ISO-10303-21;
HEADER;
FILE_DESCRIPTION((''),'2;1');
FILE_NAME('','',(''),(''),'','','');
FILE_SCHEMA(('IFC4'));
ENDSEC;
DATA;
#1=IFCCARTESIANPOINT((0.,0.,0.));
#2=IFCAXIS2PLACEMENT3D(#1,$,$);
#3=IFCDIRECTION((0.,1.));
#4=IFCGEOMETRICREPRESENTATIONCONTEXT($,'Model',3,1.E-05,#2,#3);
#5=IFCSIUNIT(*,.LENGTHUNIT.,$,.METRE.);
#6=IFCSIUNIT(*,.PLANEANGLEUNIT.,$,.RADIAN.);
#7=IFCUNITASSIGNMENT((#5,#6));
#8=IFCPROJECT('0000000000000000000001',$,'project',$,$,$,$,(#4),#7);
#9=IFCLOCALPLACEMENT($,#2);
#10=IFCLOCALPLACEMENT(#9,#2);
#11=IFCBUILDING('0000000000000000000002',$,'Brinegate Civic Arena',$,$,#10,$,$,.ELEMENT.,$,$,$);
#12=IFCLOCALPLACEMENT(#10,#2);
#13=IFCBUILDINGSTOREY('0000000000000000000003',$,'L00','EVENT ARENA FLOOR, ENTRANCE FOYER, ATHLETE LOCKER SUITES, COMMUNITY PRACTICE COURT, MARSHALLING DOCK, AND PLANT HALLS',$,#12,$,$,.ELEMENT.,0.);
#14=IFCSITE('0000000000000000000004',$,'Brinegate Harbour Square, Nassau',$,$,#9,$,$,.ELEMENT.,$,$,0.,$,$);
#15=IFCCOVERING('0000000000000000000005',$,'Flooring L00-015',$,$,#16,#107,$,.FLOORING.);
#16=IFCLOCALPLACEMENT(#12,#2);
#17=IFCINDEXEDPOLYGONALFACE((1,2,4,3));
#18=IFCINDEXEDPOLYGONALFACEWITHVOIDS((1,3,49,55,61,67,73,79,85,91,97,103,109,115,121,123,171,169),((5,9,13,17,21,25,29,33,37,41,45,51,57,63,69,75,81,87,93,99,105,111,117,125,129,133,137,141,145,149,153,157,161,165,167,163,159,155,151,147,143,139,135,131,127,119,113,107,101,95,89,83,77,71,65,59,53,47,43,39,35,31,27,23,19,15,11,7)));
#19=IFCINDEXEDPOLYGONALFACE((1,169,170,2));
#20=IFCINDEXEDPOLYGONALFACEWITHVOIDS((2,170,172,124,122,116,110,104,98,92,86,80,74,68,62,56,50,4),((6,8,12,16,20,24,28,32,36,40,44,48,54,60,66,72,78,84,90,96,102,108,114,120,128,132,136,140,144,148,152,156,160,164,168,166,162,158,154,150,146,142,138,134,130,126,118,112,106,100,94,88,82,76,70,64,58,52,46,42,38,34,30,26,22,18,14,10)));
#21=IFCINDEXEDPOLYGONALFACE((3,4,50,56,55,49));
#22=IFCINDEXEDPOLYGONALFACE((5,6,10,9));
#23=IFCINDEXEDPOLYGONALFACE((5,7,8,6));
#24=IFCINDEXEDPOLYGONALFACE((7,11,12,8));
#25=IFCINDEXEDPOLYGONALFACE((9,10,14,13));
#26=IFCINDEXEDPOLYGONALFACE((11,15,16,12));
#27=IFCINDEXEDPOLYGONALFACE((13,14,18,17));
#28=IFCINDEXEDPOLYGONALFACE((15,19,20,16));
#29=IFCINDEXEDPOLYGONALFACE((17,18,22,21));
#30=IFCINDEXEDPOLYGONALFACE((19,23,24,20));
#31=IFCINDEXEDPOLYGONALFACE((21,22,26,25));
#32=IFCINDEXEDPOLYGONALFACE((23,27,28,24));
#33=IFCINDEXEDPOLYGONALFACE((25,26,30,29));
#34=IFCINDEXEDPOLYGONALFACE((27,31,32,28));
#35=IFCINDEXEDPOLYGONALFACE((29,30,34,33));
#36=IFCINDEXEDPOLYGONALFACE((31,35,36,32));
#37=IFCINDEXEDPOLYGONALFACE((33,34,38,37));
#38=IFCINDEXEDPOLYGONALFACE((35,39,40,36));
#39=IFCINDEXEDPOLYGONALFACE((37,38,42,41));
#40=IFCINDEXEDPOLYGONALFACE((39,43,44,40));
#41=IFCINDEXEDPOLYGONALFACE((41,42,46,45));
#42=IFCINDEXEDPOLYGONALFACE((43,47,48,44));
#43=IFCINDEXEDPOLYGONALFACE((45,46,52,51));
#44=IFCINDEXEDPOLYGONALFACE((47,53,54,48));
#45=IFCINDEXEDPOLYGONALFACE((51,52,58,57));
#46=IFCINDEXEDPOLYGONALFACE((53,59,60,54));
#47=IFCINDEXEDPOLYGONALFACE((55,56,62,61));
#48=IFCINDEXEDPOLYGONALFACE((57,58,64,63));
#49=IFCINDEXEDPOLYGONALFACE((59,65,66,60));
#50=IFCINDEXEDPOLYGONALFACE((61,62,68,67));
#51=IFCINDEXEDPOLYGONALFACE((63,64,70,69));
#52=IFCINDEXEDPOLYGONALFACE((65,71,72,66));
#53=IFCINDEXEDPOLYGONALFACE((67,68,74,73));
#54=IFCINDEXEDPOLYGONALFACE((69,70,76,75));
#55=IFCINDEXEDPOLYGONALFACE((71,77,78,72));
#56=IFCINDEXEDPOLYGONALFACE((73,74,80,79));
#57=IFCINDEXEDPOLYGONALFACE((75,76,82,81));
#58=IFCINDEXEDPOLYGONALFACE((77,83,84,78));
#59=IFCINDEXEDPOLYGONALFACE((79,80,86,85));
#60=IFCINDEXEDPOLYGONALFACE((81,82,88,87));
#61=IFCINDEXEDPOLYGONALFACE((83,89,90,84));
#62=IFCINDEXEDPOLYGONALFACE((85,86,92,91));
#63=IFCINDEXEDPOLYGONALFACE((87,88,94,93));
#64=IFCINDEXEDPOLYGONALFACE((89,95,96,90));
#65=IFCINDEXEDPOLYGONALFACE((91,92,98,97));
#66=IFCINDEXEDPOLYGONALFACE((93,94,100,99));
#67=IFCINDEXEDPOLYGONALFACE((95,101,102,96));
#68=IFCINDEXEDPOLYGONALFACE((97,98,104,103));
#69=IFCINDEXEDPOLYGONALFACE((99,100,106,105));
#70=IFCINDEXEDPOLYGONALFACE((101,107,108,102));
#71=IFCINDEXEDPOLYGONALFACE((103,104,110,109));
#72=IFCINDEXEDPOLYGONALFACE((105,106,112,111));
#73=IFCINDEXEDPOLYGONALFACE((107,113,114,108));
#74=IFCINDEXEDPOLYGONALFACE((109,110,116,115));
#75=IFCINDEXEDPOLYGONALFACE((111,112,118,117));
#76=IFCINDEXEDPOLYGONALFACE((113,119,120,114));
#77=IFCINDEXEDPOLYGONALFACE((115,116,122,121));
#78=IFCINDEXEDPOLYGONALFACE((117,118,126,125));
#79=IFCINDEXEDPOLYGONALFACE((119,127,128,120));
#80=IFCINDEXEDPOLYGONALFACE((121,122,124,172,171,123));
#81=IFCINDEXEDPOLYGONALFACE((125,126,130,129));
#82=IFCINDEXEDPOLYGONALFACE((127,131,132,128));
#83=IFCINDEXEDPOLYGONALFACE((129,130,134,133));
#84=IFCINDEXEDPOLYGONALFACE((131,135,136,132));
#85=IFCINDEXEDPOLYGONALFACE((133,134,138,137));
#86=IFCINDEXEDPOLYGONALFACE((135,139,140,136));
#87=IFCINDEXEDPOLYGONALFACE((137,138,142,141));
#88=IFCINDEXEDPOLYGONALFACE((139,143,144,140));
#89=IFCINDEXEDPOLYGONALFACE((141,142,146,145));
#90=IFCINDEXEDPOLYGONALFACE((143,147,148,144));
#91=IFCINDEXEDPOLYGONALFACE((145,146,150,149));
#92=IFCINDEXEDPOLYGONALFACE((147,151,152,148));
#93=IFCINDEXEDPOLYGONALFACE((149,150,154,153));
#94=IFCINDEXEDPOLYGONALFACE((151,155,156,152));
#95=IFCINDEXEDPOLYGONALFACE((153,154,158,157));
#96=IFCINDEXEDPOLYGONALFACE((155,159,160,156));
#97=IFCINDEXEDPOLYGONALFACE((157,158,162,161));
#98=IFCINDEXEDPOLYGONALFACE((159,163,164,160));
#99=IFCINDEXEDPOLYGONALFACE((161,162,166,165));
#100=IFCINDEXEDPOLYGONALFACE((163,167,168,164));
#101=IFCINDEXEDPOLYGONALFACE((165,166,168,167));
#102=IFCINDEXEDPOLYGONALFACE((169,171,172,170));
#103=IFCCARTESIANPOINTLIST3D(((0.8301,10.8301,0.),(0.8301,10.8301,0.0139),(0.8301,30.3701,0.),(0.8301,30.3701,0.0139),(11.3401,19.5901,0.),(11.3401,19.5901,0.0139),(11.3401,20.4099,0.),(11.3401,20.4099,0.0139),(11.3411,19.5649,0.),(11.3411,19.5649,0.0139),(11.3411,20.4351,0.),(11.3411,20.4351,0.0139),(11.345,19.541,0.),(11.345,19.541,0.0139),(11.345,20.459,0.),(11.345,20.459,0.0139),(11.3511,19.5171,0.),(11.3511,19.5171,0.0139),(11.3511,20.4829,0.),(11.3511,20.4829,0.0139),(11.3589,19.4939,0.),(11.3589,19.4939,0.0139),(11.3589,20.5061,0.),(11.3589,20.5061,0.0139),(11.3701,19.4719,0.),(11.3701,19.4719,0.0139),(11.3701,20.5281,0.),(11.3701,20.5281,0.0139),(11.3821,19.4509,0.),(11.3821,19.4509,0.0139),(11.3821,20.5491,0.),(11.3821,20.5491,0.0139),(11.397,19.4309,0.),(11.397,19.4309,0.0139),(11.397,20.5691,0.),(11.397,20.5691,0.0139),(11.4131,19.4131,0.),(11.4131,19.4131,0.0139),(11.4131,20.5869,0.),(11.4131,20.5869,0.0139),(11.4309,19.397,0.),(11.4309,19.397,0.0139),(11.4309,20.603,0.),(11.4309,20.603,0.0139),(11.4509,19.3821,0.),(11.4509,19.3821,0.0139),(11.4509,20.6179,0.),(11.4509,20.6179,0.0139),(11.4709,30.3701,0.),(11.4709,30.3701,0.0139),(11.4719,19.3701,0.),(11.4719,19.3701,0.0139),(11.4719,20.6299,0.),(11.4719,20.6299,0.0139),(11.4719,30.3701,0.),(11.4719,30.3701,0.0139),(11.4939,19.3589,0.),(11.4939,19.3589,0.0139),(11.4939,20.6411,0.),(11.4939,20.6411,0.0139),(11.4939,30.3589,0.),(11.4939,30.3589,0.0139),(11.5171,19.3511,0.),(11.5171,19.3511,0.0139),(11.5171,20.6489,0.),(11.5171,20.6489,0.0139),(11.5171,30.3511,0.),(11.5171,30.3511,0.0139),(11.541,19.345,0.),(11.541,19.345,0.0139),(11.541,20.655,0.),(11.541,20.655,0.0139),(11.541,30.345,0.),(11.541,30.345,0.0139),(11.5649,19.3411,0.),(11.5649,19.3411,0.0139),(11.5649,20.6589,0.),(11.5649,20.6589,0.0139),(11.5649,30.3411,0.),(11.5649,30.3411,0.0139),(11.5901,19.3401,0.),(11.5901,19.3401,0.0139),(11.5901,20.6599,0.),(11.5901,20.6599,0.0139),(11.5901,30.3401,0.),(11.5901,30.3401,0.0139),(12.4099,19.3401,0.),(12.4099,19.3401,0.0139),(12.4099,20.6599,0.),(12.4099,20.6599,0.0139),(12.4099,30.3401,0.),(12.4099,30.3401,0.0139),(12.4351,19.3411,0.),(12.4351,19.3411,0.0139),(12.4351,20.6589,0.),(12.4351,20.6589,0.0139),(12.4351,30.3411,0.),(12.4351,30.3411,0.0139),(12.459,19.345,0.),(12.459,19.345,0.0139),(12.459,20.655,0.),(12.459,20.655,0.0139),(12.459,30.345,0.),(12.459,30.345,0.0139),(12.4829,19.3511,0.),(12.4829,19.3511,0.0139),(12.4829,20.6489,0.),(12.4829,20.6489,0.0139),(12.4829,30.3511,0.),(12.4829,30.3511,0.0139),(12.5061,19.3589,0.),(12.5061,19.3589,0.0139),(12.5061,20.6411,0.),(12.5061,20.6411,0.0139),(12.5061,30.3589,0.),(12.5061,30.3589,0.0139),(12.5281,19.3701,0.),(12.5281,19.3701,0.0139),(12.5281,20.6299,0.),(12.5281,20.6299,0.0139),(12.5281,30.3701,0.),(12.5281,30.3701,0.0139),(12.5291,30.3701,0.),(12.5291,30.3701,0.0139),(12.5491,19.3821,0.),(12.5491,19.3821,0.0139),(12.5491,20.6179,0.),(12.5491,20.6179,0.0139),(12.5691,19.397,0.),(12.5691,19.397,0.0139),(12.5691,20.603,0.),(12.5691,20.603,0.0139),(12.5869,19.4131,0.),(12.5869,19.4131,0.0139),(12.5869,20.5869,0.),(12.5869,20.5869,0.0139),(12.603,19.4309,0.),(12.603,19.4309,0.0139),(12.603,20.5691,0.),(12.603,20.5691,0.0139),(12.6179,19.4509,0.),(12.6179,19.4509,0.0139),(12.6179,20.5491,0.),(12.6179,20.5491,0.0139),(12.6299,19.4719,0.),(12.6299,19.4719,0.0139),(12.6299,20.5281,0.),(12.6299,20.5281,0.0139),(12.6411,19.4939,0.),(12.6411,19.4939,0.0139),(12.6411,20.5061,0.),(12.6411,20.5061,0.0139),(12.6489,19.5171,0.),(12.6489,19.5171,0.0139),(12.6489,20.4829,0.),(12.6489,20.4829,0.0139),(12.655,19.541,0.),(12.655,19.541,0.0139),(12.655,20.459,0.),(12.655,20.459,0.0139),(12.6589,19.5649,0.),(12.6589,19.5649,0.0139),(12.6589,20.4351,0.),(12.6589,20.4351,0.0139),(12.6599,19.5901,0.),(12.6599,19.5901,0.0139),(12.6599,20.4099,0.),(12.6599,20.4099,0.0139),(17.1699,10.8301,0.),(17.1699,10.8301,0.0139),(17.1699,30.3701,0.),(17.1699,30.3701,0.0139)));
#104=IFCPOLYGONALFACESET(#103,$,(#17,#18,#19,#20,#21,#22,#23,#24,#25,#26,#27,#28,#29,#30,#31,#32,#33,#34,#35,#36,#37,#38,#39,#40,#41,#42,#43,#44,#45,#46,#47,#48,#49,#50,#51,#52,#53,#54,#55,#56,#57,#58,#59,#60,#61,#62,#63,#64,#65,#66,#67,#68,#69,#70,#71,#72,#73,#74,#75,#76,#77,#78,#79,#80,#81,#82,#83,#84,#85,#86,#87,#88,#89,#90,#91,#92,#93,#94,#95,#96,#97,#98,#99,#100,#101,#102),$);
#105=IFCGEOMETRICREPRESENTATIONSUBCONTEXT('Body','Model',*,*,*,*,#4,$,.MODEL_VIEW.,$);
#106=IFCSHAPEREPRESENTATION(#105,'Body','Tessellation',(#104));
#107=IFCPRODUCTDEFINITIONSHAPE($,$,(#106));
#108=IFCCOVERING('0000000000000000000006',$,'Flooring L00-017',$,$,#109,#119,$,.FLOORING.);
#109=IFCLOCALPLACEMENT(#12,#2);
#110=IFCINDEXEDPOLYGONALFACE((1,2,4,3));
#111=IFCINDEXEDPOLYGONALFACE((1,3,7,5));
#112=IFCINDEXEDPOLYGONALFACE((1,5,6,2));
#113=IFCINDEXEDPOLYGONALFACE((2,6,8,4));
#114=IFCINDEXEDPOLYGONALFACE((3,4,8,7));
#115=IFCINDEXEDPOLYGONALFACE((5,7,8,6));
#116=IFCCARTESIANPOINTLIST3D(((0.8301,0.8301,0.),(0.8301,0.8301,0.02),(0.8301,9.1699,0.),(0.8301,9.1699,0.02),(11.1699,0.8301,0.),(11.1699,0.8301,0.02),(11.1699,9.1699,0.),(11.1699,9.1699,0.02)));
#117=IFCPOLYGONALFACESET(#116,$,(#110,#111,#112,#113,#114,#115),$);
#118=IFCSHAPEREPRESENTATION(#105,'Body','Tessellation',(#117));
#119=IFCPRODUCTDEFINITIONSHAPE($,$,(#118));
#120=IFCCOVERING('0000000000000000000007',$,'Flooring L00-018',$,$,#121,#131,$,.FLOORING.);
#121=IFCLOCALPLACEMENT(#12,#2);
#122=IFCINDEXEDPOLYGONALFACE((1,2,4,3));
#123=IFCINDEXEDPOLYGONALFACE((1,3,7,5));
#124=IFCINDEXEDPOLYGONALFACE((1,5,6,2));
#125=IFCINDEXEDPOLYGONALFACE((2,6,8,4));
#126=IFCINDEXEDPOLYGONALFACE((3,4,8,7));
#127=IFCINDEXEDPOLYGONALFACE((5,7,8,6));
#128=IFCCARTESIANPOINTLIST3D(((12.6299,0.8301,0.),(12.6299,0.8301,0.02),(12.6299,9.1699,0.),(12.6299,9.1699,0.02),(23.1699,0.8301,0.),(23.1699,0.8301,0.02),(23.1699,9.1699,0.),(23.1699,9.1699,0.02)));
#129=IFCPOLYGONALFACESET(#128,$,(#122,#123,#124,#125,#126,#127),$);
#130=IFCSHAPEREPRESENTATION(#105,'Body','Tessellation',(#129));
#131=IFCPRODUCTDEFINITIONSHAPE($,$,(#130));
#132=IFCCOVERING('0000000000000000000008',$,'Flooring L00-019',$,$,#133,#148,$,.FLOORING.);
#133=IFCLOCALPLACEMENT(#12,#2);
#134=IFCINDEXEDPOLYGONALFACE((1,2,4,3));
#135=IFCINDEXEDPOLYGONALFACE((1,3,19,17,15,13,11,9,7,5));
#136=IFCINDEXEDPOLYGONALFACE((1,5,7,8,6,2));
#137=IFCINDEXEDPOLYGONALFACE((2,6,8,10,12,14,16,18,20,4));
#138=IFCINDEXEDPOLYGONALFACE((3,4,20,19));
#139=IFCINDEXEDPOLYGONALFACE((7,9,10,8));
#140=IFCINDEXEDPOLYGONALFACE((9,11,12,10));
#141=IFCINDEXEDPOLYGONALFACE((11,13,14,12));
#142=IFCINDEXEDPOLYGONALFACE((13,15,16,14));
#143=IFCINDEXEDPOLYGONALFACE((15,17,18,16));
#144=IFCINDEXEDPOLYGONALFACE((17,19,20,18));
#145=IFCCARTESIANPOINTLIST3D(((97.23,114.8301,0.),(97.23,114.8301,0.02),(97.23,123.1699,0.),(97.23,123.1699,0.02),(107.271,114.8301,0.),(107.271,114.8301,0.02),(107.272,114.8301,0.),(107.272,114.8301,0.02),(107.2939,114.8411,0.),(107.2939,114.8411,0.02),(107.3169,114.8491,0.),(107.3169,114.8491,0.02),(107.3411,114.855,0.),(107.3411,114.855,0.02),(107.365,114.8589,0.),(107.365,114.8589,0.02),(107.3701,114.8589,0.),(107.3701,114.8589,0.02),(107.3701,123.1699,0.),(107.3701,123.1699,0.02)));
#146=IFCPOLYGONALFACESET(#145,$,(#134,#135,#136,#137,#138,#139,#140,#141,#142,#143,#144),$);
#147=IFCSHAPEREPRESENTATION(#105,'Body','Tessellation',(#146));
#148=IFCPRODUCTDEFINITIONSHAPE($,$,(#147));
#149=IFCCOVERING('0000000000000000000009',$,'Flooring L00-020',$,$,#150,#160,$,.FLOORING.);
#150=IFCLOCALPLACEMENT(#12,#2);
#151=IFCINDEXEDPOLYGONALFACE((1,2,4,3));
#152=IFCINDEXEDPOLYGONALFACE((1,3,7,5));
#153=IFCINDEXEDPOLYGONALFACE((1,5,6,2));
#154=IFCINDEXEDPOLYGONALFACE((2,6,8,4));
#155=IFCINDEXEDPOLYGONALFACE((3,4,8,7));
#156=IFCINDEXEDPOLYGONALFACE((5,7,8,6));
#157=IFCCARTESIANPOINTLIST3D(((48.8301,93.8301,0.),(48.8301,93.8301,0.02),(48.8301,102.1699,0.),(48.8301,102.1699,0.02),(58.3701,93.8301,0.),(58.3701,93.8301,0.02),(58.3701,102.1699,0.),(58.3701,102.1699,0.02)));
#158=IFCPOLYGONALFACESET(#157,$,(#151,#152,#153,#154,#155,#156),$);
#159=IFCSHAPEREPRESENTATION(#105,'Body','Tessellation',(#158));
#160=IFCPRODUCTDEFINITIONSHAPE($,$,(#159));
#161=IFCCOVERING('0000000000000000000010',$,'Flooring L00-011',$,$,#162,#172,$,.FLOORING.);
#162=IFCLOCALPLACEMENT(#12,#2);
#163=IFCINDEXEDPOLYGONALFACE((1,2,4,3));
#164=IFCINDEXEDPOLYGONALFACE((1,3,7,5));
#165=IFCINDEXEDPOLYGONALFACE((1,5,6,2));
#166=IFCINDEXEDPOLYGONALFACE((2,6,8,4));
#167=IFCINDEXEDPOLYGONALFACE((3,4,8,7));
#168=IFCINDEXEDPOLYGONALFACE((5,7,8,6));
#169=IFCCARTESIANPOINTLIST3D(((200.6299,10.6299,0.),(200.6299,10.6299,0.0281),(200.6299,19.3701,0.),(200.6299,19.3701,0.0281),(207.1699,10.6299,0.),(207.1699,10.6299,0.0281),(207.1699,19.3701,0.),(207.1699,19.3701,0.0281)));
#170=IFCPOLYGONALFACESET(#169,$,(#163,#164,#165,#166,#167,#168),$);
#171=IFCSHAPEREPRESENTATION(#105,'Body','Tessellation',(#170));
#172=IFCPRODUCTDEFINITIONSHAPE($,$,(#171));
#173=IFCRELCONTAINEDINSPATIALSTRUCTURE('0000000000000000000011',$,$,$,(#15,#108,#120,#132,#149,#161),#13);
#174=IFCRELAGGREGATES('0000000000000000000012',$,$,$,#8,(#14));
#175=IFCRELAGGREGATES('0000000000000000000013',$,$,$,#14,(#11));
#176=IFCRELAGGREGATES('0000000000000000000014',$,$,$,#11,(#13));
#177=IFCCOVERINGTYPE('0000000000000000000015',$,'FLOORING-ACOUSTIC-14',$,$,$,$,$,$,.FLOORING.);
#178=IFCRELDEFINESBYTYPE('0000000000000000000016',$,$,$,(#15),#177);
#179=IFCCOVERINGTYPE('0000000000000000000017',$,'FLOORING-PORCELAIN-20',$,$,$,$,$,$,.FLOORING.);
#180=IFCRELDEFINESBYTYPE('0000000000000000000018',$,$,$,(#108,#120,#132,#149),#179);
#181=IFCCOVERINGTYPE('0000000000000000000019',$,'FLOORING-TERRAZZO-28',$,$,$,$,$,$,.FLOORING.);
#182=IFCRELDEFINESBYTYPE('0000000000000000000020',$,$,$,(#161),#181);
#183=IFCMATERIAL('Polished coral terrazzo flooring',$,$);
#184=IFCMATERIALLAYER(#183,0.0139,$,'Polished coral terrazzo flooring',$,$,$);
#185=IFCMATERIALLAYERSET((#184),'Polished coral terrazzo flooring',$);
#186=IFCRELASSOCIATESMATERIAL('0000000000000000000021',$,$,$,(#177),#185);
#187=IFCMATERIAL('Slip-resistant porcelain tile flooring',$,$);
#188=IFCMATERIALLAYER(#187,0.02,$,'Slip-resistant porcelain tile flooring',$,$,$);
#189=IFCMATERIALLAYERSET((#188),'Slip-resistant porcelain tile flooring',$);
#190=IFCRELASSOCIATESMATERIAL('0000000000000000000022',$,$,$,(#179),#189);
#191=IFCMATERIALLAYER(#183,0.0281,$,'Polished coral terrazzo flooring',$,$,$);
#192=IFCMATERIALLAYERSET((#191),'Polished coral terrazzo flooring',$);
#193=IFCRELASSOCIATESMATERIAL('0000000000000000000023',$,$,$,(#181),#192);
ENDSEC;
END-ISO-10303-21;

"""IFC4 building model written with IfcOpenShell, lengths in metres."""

from ifc_helpers import new_model, si_unit, direction, origin, place, context, subcontext, project, spatial, polyline, outline, extrude, material, layer, layer_set, type_object, element, save


model = new_model("IFC4")

# Units and contexts
model_context = context("Model", 3, precision=1e-05, world=origin(), true_north=direction((0.0, 1.0)))
body_context = subcontext(model_context, "Body", "Model", "MODEL_VIEW")
ifc_project = project(units=[si_unit("LENGTHUNIT", "METRE"), si_unit("PLANEANGLEUNIT", "RADIAN")], contexts=[model_context])

# Site, building, storey
site_placement = place(None, origin())
site = spatial("IfcSite", under=ifc_project, at=site_placement, Name="Brinegate Harbour Square, Nassau", CompositionType="ELEMENT", RefElevation=0.0)
building_placement = place(site_placement, origin())
building = spatial("IfcBuilding", under=site, at=building_placement, Name="Brinegate Civic Arena", CompositionType="ELEMENT")
storey_placement = place(building_placement, origin())
storey = spatial("IfcBuildingStorey", under=building, at=storey_placement, Name="L00", Description="EVENT ARENA FLOOR, ENTRANCE FOYER, ATHLETE LOCKER SUITES, COMMUNITY PRACTICE COURT, MARSHALLING DOCK, AND PLANT HALLS", CompositionType="ELEMENT", Elevation=0.0)

# Coverings
ifc_material_1 = material(Name="Polished coral terrazzo flooring")
ifc_layer_1 = layer(ifc_material_1, 0.0139, Name="Polished coral terrazzo flooring")
ifc_layer_set_1 = layer_set([ifc_layer_1], Name="Polished coral terrazzo flooring")
covering_type_1 = type_object("IfcCoveringType", Name="FLOORING-ACOUSTIC-14", PredefinedType="FLOORING", material=ifc_layer_set_1)
covering_1_placement = place(storey_placement, origin())
element("IfcCovering", 1, at=covering_1_placement, inside=storey, type_object=covering_type_1, Name="Flooring L00-015", PredefinedType="FLOORING", context=body_context, shape_type="SweptSolid", body=[
    extrude(outline(polyline([(0.8301, 30.3701), (11.4709, 30.3701), (11.4719, 30.3701), (11.4939, 30.3589), (11.5171, 30.3511), (11.541, 30.345), (11.5649, 30.3411), (11.5901, 30.3401), (12.4099, 30.3401), (12.4351, 30.3411), (12.459, 30.345), (12.4829, 30.3511), (12.5061, 30.3589), (12.5281, 30.3701), (12.5291, 30.3701), (17.1699, 30.3701), (17.1699, 10.8301), (0.8301, 10.8301), (0.8301, 30.3701)]), holes=[polyline([(12.6599, 20.4099), (12.6589, 20.4351), (12.655, 20.459), (12.6489, 20.4829), (12.6411, 20.5061), (12.6299, 20.5281), (12.6179, 20.5491), (12.603, 20.5691), (12.5869, 20.5869), (12.5691, 20.603), (12.5491, 20.6179), (12.5281, 20.6299), (12.5061, 20.6411), (12.4829, 20.6489), (12.459, 20.655), (12.4351, 20.6589), (12.4099, 20.6599), (11.5901, 20.6599), (11.5649, 20.6589), (11.541, 20.655), (11.5171, 20.6489), (11.4939, 20.6411), (11.4719, 20.6299), (11.4509, 20.6179), (11.4309, 20.603), (11.4131, 20.5869), (11.397, 20.5691), (11.3821, 20.5491), (11.3701, 20.5281), (11.3589, 20.5061), (11.3511, 20.4829), (11.345, 20.459), (11.3411, 20.4351), (11.3401, 20.4099), (11.3401, 19.5901), (11.3411, 19.5649), (11.345, 19.541), (11.3511, 19.5171), (11.3589, 19.4939), (11.3701, 19.4719), (11.3821, 19.4509), (11.397, 19.4309), (11.4131, 19.4131), (11.4309, 19.397), (11.4509, 19.3821), (11.4719, 19.3701), (11.4939, 19.3589), (11.5171, 19.3511), (11.541, 19.345), (11.5649, 19.3411), (11.5901, 19.3401), (12.4099, 19.3401), (12.4351, 19.3411), (12.459, 19.345), (12.4829, 19.3511), (12.5061, 19.3589), (12.5281, 19.3701), (12.5491, 19.3821), (12.5691, 19.397), (12.5869, 19.4131), (12.603, 19.4309), (12.6179, 19.4509), (12.6299, 19.4719), (12.6411, 19.4939), (12.6489, 19.5171), (12.655, 19.541), (12.6589, 19.5649), (12.6599, 19.5901), (12.6599, 20.4099)])]), origin(), (0.0, 0.0, 1.0), 0.0139),
])
ifc_material_2 = material(Name="Slip-resistant porcelain tile flooring")
ifc_layer_2 = layer(ifc_material_2, 0.02, Name="Slip-resistant porcelain tile flooring")
ifc_layer_set_2 = layer_set([ifc_layer_2], Name="Slip-resistant porcelain tile flooring")
covering_type_2 = type_object("IfcCoveringType", Name="FLOORING-PORCELAIN-20", PredefinedType="FLOORING", material=ifc_layer_set_2)
covering_2_placement = place(storey_placement, origin())
element("IfcCovering", 2, at=covering_2_placement, inside=storey, type_object=covering_type_2, Name="Flooring L00-017", PredefinedType="FLOORING", context=body_context, shape_type="SweptSolid", body=[
    extrude(outline(polyline([(0.8301, 9.1699), (11.1699, 9.1699), (11.1699, 0.8301), (0.8301, 0.8301), (0.8301, 9.1699)])), origin(), (0.0, 0.0, 1.0), 0.02),
])
covering_3_placement = place(storey_placement, origin())
element("IfcCovering", 3, at=covering_3_placement, inside=storey, type_object=covering_type_2, Name="Flooring L00-018", PredefinedType="FLOORING", context=body_context, shape_type="SweptSolid", body=[
    extrude(outline(polyline([(12.6299, 9.1699), (23.1699, 9.1699), (23.1699, 0.8301), (12.6299, 0.8301), (12.6299, 9.1699)])), origin(), (0.0, 0.0, 1.0), 0.02),
])
covering_4_placement = place(storey_placement, origin())
element("IfcCovering", 4, at=covering_4_placement, inside=storey, type_object=covering_type_2, Name="Flooring L00-019", PredefinedType="FLOORING", context=body_context, shape_type="SweptSolid", body=[
    extrude(outline(polyline([(97.23, 114.8301), (97.23, 123.1699), (107.3701, 123.1699), (107.3701, 114.8589), (107.365, 114.8589), (107.3411, 114.855), (107.3169, 114.8491), (107.2939, 114.8411), (107.272, 114.8301), (107.271, 114.8301), (97.23, 114.8301)])), origin(), (0.0, 0.0, 1.0), 0.02),
])
covering_5_placement = place(storey_placement, origin())
element("IfcCovering", 5, at=covering_5_placement, inside=storey, type_object=covering_type_2, Name="Flooring L00-020", PredefinedType="FLOORING", context=body_context, shape_type="SweptSolid", body=[
    extrude(outline(polyline([(48.8301, 93.8301), (48.8301, 102.1699), (58.3701, 102.1699), (58.3701, 93.8301), (48.8301, 93.8301)])), origin(), (0.0, 0.0, 1.0), 0.02),
])
ifc_layer_3 = layer(ifc_material_1, 0.0281, Name="Polished coral terrazzo flooring")
ifc_layer_set_3 = layer_set([ifc_layer_3], Name="Polished coral terrazzo flooring")
covering_type_3 = type_object("IfcCoveringType", Name="FLOORING-TERRAZZO-28", PredefinedType="FLOORING", material=ifc_layer_set_3)
covering_6_placement = place(storey_placement, origin())
element("IfcCovering", 6, at=covering_6_placement, inside=storey, type_object=covering_type_3, Name="Flooring L00-011", PredefinedType="FLOORING", context=body_context, shape_type="SweptSolid", body=[
    extrude(outline(polyline([(200.6299, 19.3701), (207.1699, 19.3701), (207.1699, 10.6299), (200.6299, 10.6299), (200.6299, 19.3701)])), origin(), (0.0, 0.0, 1.0), 0.0281),
])

save(model, "model.ifc")
